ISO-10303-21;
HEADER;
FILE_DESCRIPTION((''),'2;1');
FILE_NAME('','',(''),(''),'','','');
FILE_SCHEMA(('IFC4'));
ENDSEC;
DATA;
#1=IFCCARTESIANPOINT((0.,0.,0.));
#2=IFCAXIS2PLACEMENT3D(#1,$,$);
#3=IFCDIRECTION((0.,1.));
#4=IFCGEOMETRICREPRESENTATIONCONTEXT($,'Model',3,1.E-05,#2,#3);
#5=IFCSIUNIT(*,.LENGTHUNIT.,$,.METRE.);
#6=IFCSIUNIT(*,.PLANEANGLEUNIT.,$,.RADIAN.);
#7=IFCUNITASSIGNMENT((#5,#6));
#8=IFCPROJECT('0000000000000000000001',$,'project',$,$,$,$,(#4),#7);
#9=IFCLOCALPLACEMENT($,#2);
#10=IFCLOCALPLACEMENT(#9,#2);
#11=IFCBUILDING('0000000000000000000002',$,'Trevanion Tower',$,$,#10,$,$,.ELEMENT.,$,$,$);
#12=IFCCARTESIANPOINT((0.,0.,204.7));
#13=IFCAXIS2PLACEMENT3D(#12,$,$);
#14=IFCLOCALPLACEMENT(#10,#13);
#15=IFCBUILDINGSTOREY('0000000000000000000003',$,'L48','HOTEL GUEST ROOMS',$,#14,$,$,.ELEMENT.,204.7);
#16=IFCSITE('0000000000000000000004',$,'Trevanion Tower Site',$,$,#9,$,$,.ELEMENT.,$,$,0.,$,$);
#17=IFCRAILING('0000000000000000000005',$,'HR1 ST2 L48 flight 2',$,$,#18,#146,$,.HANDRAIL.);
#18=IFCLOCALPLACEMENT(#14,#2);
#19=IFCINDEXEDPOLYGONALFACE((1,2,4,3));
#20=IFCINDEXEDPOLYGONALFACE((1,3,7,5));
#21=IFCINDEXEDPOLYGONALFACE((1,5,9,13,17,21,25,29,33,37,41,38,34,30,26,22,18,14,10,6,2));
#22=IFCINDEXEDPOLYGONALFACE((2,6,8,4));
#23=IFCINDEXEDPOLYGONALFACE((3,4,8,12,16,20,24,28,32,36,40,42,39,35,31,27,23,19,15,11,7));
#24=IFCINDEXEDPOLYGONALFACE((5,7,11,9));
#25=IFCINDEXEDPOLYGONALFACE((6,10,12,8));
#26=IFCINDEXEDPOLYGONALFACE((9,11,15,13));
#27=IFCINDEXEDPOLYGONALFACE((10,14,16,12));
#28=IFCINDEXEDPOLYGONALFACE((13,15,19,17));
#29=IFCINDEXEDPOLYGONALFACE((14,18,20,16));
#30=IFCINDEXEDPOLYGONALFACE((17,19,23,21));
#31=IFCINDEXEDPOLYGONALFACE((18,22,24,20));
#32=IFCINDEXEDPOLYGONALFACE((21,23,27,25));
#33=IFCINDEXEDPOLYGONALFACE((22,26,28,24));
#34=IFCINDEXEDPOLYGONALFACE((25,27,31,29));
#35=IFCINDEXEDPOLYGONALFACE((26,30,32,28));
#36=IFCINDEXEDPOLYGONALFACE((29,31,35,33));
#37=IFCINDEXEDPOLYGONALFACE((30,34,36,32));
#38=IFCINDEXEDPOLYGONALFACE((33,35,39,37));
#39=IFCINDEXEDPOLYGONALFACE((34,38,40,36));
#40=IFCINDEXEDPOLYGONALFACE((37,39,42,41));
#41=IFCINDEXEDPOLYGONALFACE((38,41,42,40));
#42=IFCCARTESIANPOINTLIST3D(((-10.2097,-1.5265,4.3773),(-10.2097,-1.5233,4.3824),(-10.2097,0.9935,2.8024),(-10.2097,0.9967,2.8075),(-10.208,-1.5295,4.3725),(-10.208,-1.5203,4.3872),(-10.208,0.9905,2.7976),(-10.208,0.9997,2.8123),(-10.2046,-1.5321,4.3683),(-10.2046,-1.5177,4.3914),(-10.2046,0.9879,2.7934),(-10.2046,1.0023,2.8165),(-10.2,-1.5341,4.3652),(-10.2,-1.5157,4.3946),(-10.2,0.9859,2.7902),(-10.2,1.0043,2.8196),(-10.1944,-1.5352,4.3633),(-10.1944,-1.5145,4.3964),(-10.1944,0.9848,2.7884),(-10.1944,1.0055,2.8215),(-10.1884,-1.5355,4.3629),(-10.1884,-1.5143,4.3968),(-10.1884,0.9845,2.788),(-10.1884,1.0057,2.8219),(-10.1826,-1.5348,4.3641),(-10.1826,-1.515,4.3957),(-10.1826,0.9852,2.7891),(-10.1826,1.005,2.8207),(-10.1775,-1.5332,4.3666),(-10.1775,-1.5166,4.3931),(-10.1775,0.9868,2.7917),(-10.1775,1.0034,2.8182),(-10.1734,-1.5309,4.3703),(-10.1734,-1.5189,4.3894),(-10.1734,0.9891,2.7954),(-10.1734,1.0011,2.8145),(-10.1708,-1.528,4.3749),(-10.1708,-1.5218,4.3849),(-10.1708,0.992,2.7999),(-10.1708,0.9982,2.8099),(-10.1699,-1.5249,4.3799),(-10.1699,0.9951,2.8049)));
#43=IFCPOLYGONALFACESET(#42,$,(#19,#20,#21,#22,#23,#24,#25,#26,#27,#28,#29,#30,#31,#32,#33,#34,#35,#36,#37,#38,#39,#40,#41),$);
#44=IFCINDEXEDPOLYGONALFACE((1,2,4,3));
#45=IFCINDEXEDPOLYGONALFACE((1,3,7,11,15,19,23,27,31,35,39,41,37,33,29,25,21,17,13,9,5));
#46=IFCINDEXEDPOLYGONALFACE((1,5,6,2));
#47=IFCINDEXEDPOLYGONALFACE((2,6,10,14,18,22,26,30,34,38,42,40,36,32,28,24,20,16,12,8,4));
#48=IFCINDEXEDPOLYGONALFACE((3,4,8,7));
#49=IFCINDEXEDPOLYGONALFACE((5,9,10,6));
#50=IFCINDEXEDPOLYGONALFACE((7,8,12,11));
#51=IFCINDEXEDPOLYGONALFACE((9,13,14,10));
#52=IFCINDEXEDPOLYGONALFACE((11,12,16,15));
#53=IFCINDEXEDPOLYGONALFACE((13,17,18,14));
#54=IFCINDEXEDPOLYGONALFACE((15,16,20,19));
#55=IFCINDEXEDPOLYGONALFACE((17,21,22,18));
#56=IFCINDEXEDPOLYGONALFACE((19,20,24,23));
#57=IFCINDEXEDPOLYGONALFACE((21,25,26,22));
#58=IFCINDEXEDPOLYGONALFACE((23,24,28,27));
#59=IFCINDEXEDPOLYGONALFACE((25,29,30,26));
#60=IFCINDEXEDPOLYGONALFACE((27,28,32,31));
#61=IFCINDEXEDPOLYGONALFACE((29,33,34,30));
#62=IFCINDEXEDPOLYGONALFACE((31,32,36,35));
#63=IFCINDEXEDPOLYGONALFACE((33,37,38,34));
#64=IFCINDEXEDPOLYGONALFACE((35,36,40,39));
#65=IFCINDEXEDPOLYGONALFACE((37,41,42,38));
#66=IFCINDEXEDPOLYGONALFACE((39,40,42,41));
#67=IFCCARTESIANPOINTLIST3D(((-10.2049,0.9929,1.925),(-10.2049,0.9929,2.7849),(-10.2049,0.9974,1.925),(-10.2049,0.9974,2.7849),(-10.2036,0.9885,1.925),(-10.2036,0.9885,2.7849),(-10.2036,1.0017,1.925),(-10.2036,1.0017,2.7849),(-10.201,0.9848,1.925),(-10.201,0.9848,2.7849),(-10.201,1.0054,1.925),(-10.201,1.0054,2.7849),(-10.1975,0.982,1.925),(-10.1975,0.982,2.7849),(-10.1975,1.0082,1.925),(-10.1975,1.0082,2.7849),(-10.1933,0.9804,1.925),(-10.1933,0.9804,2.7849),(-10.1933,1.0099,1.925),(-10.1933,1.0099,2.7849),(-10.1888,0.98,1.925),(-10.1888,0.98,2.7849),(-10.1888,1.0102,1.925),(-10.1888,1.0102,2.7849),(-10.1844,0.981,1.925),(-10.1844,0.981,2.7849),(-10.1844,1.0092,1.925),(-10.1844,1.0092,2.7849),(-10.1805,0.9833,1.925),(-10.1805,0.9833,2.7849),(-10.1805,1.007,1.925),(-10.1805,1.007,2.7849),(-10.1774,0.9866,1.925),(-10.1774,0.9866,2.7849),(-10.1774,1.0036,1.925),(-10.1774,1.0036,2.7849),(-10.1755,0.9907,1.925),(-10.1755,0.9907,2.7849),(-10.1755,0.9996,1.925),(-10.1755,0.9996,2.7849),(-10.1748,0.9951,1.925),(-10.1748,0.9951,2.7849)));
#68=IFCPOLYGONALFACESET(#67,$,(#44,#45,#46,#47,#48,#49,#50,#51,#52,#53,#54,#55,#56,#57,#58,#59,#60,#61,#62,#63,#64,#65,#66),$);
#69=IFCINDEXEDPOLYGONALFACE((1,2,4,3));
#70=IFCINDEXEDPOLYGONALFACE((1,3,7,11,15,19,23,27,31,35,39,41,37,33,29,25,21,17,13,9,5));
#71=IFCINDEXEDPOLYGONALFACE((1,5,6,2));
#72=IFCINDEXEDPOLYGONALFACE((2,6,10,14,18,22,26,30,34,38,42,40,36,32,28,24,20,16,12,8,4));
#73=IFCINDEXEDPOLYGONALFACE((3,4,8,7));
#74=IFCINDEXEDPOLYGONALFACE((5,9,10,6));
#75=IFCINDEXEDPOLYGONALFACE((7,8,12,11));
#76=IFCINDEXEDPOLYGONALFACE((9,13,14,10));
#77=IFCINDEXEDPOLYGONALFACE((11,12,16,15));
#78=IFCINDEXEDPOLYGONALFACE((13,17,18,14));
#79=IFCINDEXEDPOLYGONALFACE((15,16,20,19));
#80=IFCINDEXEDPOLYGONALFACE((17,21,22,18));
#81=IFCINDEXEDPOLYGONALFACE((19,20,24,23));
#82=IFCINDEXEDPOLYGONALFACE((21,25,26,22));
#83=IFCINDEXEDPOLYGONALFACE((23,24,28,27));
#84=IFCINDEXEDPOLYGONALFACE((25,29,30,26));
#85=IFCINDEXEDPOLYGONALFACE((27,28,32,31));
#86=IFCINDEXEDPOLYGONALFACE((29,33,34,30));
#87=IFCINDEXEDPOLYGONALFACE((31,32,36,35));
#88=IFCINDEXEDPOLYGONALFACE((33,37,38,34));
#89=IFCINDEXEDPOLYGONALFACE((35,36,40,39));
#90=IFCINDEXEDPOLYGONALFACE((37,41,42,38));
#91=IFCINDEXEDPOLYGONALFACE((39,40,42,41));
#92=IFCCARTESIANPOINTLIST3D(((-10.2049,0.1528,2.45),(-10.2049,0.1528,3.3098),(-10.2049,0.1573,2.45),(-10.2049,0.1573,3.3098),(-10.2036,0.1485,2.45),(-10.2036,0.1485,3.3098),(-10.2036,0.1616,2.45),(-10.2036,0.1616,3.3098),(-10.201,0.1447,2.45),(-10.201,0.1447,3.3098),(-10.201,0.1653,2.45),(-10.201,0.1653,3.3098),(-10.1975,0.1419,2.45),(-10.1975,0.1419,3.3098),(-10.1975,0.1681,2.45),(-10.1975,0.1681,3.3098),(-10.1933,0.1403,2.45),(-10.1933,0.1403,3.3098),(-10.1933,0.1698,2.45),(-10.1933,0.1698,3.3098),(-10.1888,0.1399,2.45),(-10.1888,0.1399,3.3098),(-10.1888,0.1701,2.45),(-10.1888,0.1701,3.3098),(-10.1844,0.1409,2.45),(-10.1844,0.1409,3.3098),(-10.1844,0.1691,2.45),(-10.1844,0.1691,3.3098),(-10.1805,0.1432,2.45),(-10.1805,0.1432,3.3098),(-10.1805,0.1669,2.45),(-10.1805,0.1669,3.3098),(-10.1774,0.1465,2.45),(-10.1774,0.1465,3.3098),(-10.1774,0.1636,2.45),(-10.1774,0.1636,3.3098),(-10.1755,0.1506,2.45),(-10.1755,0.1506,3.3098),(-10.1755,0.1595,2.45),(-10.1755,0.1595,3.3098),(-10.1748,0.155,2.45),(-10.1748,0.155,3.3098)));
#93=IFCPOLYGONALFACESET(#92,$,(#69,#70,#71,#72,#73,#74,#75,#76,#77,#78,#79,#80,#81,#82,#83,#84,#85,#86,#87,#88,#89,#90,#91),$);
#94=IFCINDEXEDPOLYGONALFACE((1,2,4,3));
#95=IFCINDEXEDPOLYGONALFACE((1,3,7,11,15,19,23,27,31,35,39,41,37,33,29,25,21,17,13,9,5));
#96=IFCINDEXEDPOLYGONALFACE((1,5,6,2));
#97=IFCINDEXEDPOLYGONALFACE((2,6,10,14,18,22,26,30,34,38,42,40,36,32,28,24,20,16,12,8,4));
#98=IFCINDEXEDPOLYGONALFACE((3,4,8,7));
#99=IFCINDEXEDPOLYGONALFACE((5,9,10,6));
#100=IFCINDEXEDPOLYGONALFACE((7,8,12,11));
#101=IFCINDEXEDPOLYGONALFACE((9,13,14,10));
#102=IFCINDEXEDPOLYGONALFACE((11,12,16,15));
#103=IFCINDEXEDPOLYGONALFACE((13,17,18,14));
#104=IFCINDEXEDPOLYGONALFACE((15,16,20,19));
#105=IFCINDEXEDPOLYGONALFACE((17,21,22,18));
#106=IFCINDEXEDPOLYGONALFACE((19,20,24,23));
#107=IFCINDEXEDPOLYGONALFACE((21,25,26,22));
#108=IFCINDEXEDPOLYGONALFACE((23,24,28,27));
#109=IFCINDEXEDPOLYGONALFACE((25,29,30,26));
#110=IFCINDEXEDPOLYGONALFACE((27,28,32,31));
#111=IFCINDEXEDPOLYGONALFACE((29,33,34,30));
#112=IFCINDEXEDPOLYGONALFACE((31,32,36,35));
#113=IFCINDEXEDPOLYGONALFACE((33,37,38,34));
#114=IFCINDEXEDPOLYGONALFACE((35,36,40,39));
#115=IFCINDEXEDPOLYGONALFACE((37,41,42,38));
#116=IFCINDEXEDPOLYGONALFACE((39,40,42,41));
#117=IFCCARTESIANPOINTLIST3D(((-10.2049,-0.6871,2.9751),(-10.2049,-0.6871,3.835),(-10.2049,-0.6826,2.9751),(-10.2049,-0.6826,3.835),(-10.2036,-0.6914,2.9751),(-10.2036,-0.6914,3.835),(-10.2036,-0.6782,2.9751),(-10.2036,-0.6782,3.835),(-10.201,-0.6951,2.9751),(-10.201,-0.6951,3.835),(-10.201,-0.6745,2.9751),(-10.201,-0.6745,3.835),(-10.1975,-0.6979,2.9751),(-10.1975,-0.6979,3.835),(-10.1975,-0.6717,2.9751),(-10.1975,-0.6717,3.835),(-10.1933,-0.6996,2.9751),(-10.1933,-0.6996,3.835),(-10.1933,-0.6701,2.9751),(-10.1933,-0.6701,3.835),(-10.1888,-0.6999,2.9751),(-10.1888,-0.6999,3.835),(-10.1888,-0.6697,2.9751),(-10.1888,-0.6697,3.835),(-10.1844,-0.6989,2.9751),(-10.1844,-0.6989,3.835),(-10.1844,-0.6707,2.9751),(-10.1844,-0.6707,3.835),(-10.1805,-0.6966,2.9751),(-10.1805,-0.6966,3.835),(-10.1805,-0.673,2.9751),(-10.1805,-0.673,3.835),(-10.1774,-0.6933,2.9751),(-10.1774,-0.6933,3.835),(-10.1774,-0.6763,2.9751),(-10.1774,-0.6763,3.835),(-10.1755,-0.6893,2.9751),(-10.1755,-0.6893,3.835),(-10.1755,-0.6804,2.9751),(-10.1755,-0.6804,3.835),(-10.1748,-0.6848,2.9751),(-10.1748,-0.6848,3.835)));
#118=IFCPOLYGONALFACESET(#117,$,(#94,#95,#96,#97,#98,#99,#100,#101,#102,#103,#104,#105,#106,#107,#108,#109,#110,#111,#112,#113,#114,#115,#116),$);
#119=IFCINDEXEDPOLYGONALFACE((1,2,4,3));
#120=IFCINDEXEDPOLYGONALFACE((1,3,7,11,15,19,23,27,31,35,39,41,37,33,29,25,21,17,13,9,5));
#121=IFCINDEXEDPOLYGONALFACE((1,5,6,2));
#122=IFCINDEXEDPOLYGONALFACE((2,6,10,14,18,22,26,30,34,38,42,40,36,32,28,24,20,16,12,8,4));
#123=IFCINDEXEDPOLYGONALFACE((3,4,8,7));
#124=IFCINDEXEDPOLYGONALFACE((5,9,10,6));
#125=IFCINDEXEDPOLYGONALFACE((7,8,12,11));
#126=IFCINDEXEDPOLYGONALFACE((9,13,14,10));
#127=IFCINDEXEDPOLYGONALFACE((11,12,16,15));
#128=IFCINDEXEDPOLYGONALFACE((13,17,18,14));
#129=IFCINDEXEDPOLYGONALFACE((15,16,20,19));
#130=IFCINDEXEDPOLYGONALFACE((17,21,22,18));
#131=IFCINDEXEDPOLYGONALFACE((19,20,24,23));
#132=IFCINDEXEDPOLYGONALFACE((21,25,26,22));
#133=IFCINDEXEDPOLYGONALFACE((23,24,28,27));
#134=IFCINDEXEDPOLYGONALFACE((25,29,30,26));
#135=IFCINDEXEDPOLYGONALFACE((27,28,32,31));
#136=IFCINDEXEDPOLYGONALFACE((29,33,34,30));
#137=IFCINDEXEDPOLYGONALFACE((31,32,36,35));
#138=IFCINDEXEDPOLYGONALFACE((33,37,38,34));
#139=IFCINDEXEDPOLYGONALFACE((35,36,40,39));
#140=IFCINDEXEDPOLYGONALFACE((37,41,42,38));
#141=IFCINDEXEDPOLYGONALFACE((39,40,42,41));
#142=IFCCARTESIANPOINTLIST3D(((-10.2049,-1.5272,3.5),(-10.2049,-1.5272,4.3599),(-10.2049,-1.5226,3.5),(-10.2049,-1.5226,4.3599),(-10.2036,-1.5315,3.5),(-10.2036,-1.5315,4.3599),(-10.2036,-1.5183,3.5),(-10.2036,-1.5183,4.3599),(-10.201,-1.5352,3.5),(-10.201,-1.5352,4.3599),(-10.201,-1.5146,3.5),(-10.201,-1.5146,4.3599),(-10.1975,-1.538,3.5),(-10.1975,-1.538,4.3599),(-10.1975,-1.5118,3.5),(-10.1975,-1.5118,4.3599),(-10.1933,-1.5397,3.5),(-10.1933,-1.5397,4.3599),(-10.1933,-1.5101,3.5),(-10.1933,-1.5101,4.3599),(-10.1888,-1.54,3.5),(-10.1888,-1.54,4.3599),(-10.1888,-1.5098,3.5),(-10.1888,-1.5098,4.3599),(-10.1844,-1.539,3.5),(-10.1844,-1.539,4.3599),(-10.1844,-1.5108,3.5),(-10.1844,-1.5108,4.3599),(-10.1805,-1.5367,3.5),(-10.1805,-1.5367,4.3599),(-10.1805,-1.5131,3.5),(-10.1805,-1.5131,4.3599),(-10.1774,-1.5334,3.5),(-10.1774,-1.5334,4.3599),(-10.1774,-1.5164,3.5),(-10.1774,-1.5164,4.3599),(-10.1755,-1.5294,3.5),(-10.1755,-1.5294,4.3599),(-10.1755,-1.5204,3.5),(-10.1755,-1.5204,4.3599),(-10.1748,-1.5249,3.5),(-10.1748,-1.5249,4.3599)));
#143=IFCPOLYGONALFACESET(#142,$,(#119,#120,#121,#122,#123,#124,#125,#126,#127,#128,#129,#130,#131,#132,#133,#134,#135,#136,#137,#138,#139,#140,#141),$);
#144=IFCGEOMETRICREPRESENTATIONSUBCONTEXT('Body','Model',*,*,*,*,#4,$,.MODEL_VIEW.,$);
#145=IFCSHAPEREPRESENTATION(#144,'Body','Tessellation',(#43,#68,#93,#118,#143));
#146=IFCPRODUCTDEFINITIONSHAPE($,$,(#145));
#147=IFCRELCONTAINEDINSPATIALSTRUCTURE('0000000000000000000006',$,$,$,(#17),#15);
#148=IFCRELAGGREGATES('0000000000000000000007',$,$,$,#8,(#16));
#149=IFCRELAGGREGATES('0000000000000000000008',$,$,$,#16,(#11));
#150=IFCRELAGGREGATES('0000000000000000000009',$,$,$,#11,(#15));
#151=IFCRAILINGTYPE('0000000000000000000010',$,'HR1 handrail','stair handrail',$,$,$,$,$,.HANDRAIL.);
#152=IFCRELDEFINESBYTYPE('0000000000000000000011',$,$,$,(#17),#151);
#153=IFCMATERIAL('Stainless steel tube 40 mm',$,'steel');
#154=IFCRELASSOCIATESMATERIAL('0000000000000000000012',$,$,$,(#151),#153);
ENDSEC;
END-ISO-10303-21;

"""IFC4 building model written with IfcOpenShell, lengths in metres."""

from ifc_helpers import new_model, si_unit, direction, frame, origin, origin_2d, place, context, subcontext, project, spatial, circle, extrude, material, type_object, element, save


model = new_model("IFC4")

# Units and contexts
model_context = context("Model", 3, precision=1e-05, world=origin(), true_north=direction((0.0, 1.0)))
body_context = subcontext(model_context, "Body", "Model", "MODEL_VIEW")
ifc_project = project(units=[si_unit("LENGTHUNIT", "METRE"), si_unit("PLANEANGLEUNIT", "RADIAN")], contexts=[model_context])

# Site, building, storey
site_placement = place(None, origin())
site = spatial("IfcSite", under=ifc_project, at=site_placement, Name="Trevanion Tower Site", CompositionType="ELEMENT", RefElevation=0.0)
building_placement = place(site_placement, origin())
building = spatial("IfcBuilding", under=site, at=building_placement, Name="Trevanion Tower", CompositionType="ELEMENT")
storey_placement = place(building_placement, frame((0.0, 0.0, 204.7)))
storey = spatial("IfcBuildingStorey", under=building, at=storey_placement, Name="L48", Description="HOTEL GUEST ROOMS", CompositionType="ELEMENT", Elevation=204.7)

# Railing
ifc_material_1 = material(Name="Stainless steel tube 40 mm", Category="steel")
railing_type = type_object("IfcRailingType", Name="HR1 handrail", Description="stair handrail", PredefinedType="HANDRAIL", material=ifc_material_1)
for number, where, name in (
    (1, (-10.1899, 0.9951, 1.925), "HR1 ST2 L48 flight 2"),
):
    element("IfcRailing", number, at=place(storey_placement, frame(where)), inside=storey, type_object=railing_type, Name=name, PredefinedType="HANDRAIL", context=body_context, shape_type="SweptSolid", body=[
        extrude(circle(Radius=0.02, at=origin_2d()), frame((0.0, 0.0, 0.8799), z_axis=(0.0, -0.848008, 0.529984), x_axis=(1.0, 0.0, 0.0)), (0.0, 0.0, 1.0), 2.9717),
        extrude(circle(Radius=0.0151, at=origin_2d()), origin(), (0.0, 0.0, 1.0), 0.8599),
        extrude(circle(Radius=0.0151, at=origin_2d()), frame((0.0, -0.8401, 0.5249)), (0.0, 0.0, 1.0), 0.8599),
        extrude(circle(Radius=0.0151, at=origin_2d()), frame((0.0, -1.6799, 1.05)), (0.0, 0.0, 1.0), 0.8599),
        extrude(circle(Radius=0.0151, at=origin_2d()), frame((0.0, -2.52, 1.575)), (0.0, 0.0, 1.0), 0.8599),
    ])

save(model, "model.ifc")
